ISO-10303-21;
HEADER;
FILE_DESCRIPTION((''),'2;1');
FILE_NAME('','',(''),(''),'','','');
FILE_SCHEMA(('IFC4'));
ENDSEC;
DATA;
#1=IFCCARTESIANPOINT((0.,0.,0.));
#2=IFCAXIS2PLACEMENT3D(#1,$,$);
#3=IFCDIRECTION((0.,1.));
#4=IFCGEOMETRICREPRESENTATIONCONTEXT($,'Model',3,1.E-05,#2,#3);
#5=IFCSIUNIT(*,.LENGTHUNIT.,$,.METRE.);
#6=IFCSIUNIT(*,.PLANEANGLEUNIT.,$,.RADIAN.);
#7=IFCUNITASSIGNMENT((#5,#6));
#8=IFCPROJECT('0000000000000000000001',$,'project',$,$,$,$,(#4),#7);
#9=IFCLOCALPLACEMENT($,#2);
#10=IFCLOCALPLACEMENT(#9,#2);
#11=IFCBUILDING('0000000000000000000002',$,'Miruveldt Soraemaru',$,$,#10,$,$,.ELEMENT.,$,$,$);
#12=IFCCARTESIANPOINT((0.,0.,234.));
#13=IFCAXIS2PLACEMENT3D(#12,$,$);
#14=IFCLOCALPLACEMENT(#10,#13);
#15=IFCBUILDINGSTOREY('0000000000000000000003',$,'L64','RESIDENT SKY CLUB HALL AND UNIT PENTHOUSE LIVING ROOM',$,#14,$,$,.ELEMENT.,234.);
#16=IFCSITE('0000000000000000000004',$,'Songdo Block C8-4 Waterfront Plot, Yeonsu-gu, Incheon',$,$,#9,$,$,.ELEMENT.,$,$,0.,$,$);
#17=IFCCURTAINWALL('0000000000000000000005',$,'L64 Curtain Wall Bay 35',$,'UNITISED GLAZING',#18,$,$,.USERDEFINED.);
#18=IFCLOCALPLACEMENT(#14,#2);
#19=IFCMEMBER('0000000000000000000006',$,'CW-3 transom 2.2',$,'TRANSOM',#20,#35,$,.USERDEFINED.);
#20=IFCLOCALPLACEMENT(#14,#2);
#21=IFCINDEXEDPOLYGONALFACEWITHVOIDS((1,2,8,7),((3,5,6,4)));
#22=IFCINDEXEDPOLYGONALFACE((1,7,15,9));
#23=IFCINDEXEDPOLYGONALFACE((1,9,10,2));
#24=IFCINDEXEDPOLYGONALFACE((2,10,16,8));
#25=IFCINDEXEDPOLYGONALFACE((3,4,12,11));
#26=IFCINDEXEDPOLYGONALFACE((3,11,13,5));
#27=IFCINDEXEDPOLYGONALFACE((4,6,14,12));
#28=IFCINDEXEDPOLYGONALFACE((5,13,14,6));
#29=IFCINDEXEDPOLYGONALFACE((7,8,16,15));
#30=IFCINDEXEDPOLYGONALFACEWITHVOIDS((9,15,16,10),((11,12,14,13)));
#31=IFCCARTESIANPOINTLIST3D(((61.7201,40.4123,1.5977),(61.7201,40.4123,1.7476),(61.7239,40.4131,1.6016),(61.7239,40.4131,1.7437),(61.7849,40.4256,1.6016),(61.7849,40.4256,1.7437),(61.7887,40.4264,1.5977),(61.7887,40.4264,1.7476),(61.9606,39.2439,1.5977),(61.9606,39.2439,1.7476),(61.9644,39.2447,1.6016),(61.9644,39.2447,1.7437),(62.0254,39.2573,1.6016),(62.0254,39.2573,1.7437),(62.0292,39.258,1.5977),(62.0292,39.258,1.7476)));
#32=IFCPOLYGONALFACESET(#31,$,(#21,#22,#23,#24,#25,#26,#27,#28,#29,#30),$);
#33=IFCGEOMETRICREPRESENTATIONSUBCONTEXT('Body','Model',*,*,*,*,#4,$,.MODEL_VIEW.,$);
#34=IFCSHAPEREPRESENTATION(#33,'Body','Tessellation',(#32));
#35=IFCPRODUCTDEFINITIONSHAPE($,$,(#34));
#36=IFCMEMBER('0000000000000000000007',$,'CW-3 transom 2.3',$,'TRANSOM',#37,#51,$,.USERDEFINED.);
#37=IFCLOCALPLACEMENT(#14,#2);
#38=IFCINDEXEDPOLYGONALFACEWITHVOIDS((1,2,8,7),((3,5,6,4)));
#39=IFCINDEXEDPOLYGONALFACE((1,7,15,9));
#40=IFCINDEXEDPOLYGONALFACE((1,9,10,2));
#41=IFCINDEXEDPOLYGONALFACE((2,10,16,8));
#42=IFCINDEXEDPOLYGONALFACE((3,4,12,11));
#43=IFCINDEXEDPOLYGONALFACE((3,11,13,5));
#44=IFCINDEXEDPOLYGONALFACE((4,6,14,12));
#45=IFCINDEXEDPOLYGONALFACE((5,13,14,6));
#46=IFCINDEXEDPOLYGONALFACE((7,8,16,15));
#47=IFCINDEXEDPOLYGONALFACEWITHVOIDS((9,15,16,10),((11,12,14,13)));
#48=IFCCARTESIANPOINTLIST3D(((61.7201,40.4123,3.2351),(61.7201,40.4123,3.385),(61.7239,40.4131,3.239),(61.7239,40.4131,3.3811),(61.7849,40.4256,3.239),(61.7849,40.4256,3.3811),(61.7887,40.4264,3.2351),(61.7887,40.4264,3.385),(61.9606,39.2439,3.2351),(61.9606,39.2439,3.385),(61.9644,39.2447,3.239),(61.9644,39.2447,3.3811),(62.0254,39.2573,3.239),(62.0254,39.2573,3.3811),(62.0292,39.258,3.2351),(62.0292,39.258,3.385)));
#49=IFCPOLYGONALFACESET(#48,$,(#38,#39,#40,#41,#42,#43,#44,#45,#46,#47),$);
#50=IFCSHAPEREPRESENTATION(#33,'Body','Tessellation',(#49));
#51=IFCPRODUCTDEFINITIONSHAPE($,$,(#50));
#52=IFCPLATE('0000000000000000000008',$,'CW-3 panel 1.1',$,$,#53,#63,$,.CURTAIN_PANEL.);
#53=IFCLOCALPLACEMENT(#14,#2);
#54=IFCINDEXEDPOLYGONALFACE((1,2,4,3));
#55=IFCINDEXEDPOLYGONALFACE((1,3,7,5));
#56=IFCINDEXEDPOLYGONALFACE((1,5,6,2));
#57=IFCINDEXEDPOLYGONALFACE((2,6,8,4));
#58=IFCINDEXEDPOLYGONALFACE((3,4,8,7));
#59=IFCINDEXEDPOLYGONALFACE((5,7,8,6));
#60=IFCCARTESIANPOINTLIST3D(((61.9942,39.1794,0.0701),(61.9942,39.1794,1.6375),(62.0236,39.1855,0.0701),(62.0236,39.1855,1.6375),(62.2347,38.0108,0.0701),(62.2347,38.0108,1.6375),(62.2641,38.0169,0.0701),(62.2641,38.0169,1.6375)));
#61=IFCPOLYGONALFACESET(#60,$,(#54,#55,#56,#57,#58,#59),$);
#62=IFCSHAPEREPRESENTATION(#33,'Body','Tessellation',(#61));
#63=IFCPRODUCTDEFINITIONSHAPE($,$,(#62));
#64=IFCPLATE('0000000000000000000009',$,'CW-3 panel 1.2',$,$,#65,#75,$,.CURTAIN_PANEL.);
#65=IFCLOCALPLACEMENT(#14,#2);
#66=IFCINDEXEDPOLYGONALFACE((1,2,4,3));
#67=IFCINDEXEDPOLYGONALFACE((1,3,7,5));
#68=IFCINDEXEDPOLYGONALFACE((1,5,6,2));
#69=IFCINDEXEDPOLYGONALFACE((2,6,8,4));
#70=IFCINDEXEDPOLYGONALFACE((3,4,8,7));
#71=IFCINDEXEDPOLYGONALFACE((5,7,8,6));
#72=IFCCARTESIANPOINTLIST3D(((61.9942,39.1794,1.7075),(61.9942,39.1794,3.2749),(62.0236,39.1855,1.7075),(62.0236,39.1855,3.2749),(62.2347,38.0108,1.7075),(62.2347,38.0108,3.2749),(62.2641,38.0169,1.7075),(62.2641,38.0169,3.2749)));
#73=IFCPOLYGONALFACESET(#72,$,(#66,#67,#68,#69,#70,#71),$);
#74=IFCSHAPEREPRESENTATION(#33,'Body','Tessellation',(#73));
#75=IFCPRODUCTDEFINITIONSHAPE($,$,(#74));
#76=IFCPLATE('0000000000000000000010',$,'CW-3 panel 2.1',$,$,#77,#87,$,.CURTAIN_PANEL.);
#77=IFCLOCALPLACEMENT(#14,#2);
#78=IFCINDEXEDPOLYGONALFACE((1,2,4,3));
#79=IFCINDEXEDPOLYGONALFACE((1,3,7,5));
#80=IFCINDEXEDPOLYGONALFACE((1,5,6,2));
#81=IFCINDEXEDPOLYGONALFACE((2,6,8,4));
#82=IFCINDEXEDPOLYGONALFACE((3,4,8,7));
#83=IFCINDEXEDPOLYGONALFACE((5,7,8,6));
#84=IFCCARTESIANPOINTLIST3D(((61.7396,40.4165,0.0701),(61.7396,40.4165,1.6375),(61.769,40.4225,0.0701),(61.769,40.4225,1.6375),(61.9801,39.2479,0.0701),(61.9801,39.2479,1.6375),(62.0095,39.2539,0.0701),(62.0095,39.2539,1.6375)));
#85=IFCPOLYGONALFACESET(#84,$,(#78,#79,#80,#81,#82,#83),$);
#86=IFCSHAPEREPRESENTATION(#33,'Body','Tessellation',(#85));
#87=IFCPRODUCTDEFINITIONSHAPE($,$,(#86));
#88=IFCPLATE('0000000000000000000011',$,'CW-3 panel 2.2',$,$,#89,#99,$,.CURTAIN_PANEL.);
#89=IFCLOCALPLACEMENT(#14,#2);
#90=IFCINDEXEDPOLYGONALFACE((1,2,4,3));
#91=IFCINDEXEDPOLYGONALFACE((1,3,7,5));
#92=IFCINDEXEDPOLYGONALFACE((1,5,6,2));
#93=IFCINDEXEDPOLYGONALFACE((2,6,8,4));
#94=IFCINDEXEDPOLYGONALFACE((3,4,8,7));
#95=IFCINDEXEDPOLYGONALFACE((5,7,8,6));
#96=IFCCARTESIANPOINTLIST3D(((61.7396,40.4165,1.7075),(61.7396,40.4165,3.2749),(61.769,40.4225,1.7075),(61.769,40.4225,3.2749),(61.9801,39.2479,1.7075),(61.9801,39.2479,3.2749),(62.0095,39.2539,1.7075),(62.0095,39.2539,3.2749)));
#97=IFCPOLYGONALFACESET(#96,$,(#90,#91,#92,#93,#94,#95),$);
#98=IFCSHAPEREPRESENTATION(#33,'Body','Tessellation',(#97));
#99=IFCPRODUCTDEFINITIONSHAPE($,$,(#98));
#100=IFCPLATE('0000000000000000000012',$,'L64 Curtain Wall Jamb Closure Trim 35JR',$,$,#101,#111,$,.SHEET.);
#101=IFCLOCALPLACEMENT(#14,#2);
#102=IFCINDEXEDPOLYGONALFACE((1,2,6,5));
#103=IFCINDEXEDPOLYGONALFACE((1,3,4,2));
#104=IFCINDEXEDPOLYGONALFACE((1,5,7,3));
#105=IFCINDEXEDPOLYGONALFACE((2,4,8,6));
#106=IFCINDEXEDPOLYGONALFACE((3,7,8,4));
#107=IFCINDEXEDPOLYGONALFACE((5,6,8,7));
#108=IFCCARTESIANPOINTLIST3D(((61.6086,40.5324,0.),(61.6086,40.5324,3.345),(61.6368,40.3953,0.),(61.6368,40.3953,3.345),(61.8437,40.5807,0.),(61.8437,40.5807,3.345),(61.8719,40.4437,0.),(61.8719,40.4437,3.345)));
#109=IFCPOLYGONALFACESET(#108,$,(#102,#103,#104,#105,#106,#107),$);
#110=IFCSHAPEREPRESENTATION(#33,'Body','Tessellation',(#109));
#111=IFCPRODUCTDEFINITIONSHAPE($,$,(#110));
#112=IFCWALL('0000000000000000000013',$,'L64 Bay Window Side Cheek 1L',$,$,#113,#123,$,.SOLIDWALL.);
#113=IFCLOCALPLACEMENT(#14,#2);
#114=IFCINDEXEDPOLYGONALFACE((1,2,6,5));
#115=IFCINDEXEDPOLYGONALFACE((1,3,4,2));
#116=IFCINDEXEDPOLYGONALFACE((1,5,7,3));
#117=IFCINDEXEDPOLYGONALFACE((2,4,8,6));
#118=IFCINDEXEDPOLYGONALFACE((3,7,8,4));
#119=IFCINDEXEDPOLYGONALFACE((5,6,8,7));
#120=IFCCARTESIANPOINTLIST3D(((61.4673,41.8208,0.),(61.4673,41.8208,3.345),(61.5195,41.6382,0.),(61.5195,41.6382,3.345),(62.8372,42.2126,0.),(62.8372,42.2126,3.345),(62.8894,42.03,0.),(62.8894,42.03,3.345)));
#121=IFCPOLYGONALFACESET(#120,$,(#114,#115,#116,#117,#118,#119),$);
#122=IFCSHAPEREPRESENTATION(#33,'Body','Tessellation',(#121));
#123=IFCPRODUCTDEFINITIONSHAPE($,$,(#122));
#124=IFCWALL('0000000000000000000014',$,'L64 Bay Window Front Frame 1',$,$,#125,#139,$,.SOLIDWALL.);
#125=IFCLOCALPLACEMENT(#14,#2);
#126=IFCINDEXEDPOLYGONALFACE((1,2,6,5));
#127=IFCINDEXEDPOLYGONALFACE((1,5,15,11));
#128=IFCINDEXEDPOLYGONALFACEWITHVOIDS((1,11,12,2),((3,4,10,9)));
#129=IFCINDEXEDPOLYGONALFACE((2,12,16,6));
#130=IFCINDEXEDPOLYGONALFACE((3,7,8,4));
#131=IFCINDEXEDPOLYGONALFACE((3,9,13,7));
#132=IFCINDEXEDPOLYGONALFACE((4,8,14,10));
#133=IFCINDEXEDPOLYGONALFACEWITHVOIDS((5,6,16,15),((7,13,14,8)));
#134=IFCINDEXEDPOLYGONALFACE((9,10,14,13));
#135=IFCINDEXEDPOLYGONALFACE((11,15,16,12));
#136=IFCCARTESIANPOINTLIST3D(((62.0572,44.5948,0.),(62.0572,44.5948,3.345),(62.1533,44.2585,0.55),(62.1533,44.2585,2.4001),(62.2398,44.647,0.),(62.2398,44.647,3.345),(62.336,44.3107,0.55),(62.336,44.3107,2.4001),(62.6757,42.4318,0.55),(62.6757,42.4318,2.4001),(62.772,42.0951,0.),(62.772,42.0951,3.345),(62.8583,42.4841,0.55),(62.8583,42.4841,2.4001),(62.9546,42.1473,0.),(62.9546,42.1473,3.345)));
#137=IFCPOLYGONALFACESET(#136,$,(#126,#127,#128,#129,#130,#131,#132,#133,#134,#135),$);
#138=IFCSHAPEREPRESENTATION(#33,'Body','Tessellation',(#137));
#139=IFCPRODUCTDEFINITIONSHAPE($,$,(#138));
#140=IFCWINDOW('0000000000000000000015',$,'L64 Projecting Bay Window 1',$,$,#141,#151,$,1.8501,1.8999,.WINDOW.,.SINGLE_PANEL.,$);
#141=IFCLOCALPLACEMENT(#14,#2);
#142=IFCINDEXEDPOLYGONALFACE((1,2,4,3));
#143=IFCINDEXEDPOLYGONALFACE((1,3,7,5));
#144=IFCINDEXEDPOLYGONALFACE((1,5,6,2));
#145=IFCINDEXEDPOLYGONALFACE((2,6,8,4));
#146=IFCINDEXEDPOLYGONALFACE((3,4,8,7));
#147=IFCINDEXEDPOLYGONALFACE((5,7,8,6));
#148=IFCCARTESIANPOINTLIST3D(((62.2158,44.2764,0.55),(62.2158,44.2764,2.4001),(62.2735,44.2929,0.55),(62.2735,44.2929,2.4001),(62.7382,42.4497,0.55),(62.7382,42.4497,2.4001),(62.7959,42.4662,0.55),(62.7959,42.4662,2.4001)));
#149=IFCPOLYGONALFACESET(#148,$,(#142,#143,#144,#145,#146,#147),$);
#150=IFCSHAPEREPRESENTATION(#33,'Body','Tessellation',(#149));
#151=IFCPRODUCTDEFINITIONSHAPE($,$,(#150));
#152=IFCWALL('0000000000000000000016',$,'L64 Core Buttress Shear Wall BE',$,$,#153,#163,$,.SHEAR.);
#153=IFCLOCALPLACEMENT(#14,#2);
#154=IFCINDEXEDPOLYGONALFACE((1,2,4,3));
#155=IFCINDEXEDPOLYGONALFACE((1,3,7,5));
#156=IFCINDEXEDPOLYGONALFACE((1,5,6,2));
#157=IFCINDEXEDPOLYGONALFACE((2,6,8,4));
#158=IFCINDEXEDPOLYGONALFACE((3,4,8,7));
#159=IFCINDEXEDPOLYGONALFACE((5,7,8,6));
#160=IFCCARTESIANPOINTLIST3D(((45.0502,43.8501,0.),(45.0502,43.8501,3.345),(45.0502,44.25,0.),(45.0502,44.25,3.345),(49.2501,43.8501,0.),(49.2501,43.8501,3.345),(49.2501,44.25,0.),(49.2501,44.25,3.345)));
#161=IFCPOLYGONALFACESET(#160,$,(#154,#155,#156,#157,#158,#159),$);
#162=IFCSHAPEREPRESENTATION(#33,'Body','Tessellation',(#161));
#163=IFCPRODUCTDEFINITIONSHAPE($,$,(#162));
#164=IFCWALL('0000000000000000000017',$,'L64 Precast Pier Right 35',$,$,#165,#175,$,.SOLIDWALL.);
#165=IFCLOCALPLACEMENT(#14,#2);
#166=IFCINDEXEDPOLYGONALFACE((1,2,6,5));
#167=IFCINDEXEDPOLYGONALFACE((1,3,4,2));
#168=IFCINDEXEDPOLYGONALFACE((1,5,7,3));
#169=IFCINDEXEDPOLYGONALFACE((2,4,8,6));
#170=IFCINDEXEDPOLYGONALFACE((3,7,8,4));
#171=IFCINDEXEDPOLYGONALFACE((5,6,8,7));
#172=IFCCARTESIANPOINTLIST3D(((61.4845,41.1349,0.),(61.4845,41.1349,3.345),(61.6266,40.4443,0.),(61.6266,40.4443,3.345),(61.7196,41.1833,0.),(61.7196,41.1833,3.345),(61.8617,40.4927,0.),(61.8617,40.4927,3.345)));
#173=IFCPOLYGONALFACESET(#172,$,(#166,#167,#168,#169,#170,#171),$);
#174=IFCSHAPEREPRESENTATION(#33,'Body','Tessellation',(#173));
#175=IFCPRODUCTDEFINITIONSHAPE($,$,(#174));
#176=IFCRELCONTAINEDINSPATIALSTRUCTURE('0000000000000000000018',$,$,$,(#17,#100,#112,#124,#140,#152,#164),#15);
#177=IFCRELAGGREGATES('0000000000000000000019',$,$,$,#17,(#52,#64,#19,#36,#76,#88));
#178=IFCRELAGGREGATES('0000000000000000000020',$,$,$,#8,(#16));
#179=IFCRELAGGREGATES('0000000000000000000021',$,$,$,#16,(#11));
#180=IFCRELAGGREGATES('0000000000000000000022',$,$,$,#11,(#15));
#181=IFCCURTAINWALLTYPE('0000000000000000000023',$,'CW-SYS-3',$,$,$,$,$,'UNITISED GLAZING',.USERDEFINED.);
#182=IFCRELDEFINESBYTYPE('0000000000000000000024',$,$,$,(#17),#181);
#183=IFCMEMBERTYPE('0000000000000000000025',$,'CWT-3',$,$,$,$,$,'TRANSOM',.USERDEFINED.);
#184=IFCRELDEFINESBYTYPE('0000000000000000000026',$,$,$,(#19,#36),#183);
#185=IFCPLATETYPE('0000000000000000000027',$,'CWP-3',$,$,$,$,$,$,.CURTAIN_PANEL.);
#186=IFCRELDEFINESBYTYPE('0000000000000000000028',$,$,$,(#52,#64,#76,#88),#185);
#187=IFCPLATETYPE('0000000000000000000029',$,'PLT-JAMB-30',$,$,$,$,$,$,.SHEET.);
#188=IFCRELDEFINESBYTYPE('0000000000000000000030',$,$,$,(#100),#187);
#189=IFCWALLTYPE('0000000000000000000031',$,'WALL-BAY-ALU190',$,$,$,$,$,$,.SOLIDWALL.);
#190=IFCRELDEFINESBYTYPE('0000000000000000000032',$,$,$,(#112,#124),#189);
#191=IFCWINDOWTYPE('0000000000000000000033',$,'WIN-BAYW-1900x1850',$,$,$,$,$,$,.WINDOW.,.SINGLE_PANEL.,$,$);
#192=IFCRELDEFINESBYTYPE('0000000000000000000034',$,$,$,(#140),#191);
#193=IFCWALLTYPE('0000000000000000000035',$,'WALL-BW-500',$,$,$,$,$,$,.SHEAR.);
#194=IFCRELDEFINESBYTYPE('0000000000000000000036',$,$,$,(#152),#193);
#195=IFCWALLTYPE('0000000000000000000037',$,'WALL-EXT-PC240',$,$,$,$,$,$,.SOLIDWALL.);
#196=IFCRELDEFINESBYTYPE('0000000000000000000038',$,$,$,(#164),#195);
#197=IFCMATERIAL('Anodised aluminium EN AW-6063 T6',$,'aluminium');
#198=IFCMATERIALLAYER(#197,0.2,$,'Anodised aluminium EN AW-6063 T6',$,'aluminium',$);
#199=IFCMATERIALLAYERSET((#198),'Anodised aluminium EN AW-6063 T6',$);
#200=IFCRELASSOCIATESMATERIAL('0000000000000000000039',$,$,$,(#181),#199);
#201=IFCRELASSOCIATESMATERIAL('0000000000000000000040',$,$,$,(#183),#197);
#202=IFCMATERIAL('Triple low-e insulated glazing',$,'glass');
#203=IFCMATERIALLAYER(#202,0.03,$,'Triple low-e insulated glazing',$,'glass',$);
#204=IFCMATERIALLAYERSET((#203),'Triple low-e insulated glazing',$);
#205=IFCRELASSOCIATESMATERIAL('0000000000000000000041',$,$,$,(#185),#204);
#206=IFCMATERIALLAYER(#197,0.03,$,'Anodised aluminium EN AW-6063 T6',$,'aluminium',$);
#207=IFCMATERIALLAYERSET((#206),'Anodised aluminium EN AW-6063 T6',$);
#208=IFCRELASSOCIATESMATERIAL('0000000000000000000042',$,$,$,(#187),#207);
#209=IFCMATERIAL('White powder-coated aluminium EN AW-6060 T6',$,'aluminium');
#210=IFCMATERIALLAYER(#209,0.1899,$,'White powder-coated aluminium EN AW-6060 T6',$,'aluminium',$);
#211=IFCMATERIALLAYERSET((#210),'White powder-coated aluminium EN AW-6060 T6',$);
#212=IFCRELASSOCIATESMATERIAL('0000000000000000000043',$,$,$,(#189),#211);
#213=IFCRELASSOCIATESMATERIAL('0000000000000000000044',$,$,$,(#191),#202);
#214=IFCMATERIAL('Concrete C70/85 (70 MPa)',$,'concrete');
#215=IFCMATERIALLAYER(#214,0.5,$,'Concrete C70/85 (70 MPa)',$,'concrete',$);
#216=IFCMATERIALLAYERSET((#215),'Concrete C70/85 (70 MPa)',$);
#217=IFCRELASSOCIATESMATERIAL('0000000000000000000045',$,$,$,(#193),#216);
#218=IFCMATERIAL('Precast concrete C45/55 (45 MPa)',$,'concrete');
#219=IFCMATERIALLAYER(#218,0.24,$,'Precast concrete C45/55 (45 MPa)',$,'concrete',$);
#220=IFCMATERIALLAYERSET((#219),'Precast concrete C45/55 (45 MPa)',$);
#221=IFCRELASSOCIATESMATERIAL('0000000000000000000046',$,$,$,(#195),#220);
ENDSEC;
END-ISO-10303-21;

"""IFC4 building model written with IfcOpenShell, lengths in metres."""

from ifc_helpers import new_model, si_unit, direction, frame, frame_2d, origin, origin_2d, place, context, subcontext, project, spatial, rectangle, hollow_rectangle, extrude, material, layer, layer_set, material_profile, profile_set, type_object, element, fill, aggregate, save


model = new_model("IFC4")

# Units and contexts
model_context = context("Model", 3, precision=1e-05, world=origin(), true_north=direction((0.0, 1.0)))
body_context = subcontext(model_context, "Body", "Model", "MODEL_VIEW")
ifc_project = project(units=[si_unit("LENGTHUNIT", "METRE"), si_unit("PLANEANGLEUNIT", "RADIAN")], contexts=[model_context])

# Site, building, storey
site_placement = place(None, origin())
site = spatial("IfcSite", under=ifc_project, at=site_placement, Name="Songdo Block C8-4 Waterfront Plot, Yeonsu-gu, Incheon", CompositionType="ELEMENT", RefElevation=0.0)
building_placement = place(site_placement, origin())
building = spatial("IfcBuilding", under=site, at=building_placement, Name="Miruveldt Soraemaru", CompositionType="ELEMENT")
storey_placement = place(building_placement, frame((0.0, 0.0, 234.0)))
storey = spatial("IfcBuildingStorey", under=building, at=storey_placement, Name="L64", Description="RESIDENT SKY CLUB HALL AND UNIT PENTHOUSE LIVING ROOM", CompositionType="ELEMENT", Elevation=234.0)

# Curtain wall, members, plates
ifc_material_1 = material(Name="Anodised aluminium EN AW-6063 T6", Category="aluminium")
ifc_layer_1 = layer(ifc_material_1, 0.2, Name="Anodised aluminium EN AW-6063 T6", Category="aluminium")
ifc_layer_set_1 = layer_set([ifc_layer_1], Name="Anodised aluminium EN AW-6063 T6")
curtain_wall_type = type_object("IfcCurtainWallType", Name="CW-SYS-3", ElementType="UNITISED GLAZING", PredefinedType="USERDEFINED", material=ifc_layer_set_1)
curtain_wall_placement = place(storey_placement, origin())
curtain_wall = element("IfcCurtainWall", 1, at=curtain_wall_placement, inside=storey, type_object=curtain_wall_type, Name="L64 Curtain Wall Bay 35", ObjectType="UNITISED GLAZING", PredefinedType="USERDEFINED")
ifc_material_profile_1 = material_profile(ifc_material_1, hollow_rectangle(XDim=0.0701, YDim=0.1499, WallThickness=0.0039, at=origin_2d()), Name="Anodised aluminium EN AW-6063 T6", Category="aluminium")
ifc_profile_set_1 = profile_set([ifc_material_profile_1], Name="Anodised aluminium EN AW-6063 T6")
member_type_1 = type_object("IfcMemberType", Name="CWT-3", ElementType="TRANSOM", PredefinedType="USERDEFINED", material=ifc_profile_set_1)
member_1_placement = place(storey_placement, frame((61.9949, 39.251, 1.6726), z_axis=(-0.201584, 0.979471, 0.0), x_axis=(-0.979471, -0.201584, 0.0)))
member_1 = element("IfcMember", 2, at=member_1_placement, type_object=member_type_1, Name="CW-3 transom 2.2", ObjectType="TRANSOM", PredefinedType="USERDEFINED", context=body_context, shape_type="SweptSolid", body=[
    extrude(hollow_rectangle(XDim=0.0701, YDim=0.1499, WallThickness=0.0039, at=origin_2d()), origin(), (0.0, 0.0, 1.0), 1.1929),
])
member_2_placement = place(storey_placement, frame((61.9949, 39.251, 3.3101), z_axis=(-0.201584, 0.979471, 0.0), x_axis=(-0.979471, -0.201584, 0.0)))
member_2 = element("IfcMember", 3, at=member_2_placement, type_object=member_type_1, Name="CW-3 transom 2.3", ObjectType="TRANSOM", PredefinedType="USERDEFINED", context=body_context, shape_type="SweptSolid", body=[
    extrude(hollow_rectangle(XDim=0.0701, YDim=0.1499, WallThickness=0.0039, at=origin_2d()), origin(), (0.0, 0.0, 1.0), 1.1929),
])
ifc_material_2 = material(Name="Triple low-e insulated glazing", Category="glass")
ifc_layer_2 = layer(ifc_material_2, 0.03, Name="Triple low-e insulated glazing", Category="glass")
ifc_layer_set_2 = layer_set([ifc_layer_2], Name="Triple low-e insulated glazing")
plate_type_1 = type_object("IfcPlateType", Name="CWP-3", PredefinedType="CURTAIN_PANEL", material=ifc_layer_set_2)
plate_1_placement = place(storey_placement, frame((62.1292, 38.5981, 0.0701), z_axis=(0.0, 0.0, 1.0), x_axis=(-0.20158, 0.979472, 0.0)))
plate_1 = element("IfcPlate", 4, at=plate_1_placement, type_object=plate_type_1, Name="CW-3 panel 1.1", PredefinedType="CURTAIN_PANEL", context=body_context, shape_type="SweptSolid", body=[
    extrude(rectangle(XDim=1.1931, YDim=0.03, at=origin_2d()), origin(), (0.0, 0.0, 1.0), 1.5674),
])
plate_2_placement = place(storey_placement, frame((62.1292, 38.5981, 1.7075), z_axis=(0.0, 0.0, 1.0), x_axis=(-0.20158, 0.979472, 0.0)))
plate_2 = element("IfcPlate", 5, at=plate_2_placement, type_object=plate_type_1, Name="CW-3 panel 1.2", PredefinedType="CURTAIN_PANEL", context=body_context, shape_type="SweptSolid", body=[
    extrude(rectangle(XDim=1.1931, YDim=0.03, at=origin_2d()), origin(), (0.0, 0.0, 1.0), 1.5674),
])
plate_3_placement = place(storey_placement, frame((61.8745, 39.8352, 0.0701), z_axis=(0.0, 0.0, 1.0), x_axis=(-0.20158, 0.979472, 0.0)))
plate_3 = element("IfcPlate", 6, at=plate_3_placement, type_object=plate_type_1, Name="CW-3 panel 2.1", PredefinedType="CURTAIN_PANEL", context=body_context, shape_type="SweptSolid", body=[
    extrude(rectangle(XDim=1.1931, YDim=0.03, at=origin_2d()), origin(), (0.0, 0.0, 1.0), 1.5674),
])
plate_4_placement = place(storey_placement, frame((61.8745, 39.8352, 1.7075), z_axis=(0.0, 0.0, 1.0), x_axis=(-0.20158, 0.979472, 0.0)))
plate_4 = element("IfcPlate", 7, at=plate_4_placement, type_object=plate_type_1, Name="CW-3 panel 2.2", PredefinedType="CURTAIN_PANEL", context=body_context, shape_type="SweptSolid", body=[
    extrude(rectangle(XDim=1.1931, YDim=0.03, at=origin_2d()), origin(), (0.0, 0.0, 1.0), 1.5674),
])
aggregate(curtain_wall, [plate_1, plate_2, member_1, member_2, plate_3, plate_4])

# Plate
ifc_layer_3 = layer(ifc_material_1, 0.03, Name="Anodised aluminium EN AW-6063 T6", Category="aluminium")
ifc_layer_set_3 = layer_set([ifc_layer_3], Name="Anodised aluminium EN AW-6063 T6")
plate_type_2 = type_object("IfcPlateType", Name="PLT-JAMB-30", PredefinedType="SHEET", material=ifc_layer_set_3)
plate_5_placement = place(storey_placement, frame((61.7402, 40.488, 0.0), z_axis=(0.0, 0.0, 1.0), x_axis=(-0.201574, 0.979473, 0.0)))
element("IfcPlate", 8, at=plate_5_placement, inside=storey, type_object=plate_type_2, Name="L64 Curtain Wall Jamb Closure Trim 35JR", PredefinedType="SHEET", context=body_context, shape_type="SweptSolid", body=[
    extrude(rectangle(XDim=0.1399, YDim=0.24, at=origin_2d()), origin(), (0.0, 0.0, 1.0), 3.345),
])

# Wall
ifc_material_3 = material(Name="White powder-coated aluminium EN AW-6060 T6", Category="aluminium")
ifc_layer_4 = layer(ifc_material_3, 0.1899, Name="White powder-coated aluminium EN AW-6060 T6", Category="aluminium")
ifc_layer_set_4 = layer_set([ifc_layer_4], Name="White powder-coated aluminium EN AW-6060 T6")
wall_type_1 = type_object("IfcWallType", Name="WALL-BAY-ALU190", PredefinedType="SOLIDWALL", material=ifc_layer_set_4)
wall_1_placement = place(storey_placement, frame((61.4934, 41.7295, 0.0), z_axis=(0.0, 0.0, 1.0), x_axis=(0.96144, 0.275015, 0.0)))
element("IfcWall", 9, at=wall_1_placement, inside=storey, type_object=wall_type_1, Name="L64 Bay Window Side Cheek 1L", PredefinedType="SOLIDWALL", context=body_context, shape_type="SweptSolid", body=[
    extrude(rectangle(XDim=1.4248, YDim=0.1899, at=frame_2d((0.7124, 0.0))), origin(), (0.0, 0.0, 1.0), 3.345),
])

# Wall, opening, window
wall_2_placement = place(storey_placement, frame((62.8633, 42.1213, 0.0), z_axis=(0.0, 0.0, 1.0), x_axis=(-0.274944, 0.96146, 0.0)))
wall_2 = element("IfcWall", 10, at=wall_2_placement, inside=storey, type_object=wall_type_1, Name="L64 Bay Window Front Frame 1", PredefinedType="SOLIDWALL", context=body_context, shape_type="SweptSolid", body=[
    extrude(rectangle(XDim=2.5999, YDim=0.1899, at=frame_2d((1.2998, 0.0))), origin(), (0.0, 0.0, 1.0), 3.345),
])
opening_placement = place(wall_2_placement, frame((0.3501, 0.0, 0.55)))
opening = element("IfcOpeningElement", 11, at=opening_placement, cuts=wall_2, PredefinedType="OPENING", context=body_context, shape_type="SweptSolid", body=[
    extrude(rectangle(XDim=1.8999, YDim=1.8501, at=frame_2d((0.95, 0.925))), frame((0.0, 0.105, 0.0), z_axis=(0.0, -1.0, 0.0), x_axis=(1.0, 0.0, 0.0)), (0.0, 0.0, 1.0), 0.21),
])
window_type = type_object("IfcWindowType", Name="WIN-BAYW-1900x1850", PartitioningType="SINGLE_PANEL", PredefinedType="WINDOW", material=ifc_material_2)
window_placement = place(opening_placement, origin())
window = element("IfcWindow", 12, at=window_placement, inside=storey, type_object=window_type, Name="L64 Projecting Bay Window 1", OverallHeight=1.8501, OverallWidth=1.8999, PartitioningType="SINGLE_PANEL", PredefinedType="WINDOW", context=body_context, shape_type="SweptSolid", body=[
    extrude(rectangle(XDim=1.8999, YDim=1.8501, at=frame_2d((0.95, 0.925))), frame((0.0, 0.03, 0.0), z_axis=(0.0, -1.0, 0.0), x_axis=(1.0, 0.0, 0.0)), (0.0, 0.0, 1.0), 0.0601),
])
fill(opening, window)

# Walls
ifc_material_4 = material(Name="Concrete C70/85 (70 MPa)", Category="concrete")
ifc_layer_5 = layer(ifc_material_4, 0.5, Name="Concrete C70/85 (70 MPa)", Category="concrete")
ifc_layer_set_5 = layer_set([ifc_layer_5], Name="Concrete C70/85 (70 MPa)")
wall_type_2 = type_object("IfcWallType", Name="WALL-BW-500", PredefinedType="SHEAR", material=ifc_layer_set_5)
wall_3_placement = place(storey_placement, frame((45.05, 44.05, 0.0), z_axis=(0.0, 0.0, 1.0), x_axis=(1.0, 0.0, 0.0)))
element("IfcWall", 13, at=wall_3_placement, inside=storey, type_object=wall_type_2, Name="L64 Core Buttress Shear Wall BE", PredefinedType="SHEAR", context=body_context, shape_type="SweptSolid", body=[
    extrude(rectangle(XDim=4.2, YDim=0.3999, at=frame_2d((2.1001, 0.0))), origin(), (0.0, 0.0, 1.0), 3.345),
])
ifc_material_5 = material(Name="Precast concrete C45/55 (45 MPa)", Category="concrete")
ifc_layer_6 = layer(ifc_material_5, 0.24, Name="Precast concrete C45/55 (45 MPa)", Category="concrete")
ifc_layer_set_6 = layer_set([ifc_layer_6], Name="Precast concrete C45/55 (45 MPa)")
wall_type_3 = type_object("IfcWallType", Name="WALL-EXT-PC240", PredefinedType="SOLIDWALL", material=ifc_layer_set_6)
wall_4_placement = place(storey_placement, frame((61.7441, 40.4685, 0.0), z_axis=(0.0, 0.0, 1.0), x_axis=(-0.201506, 0.979487, 0.0)))
element("IfcWall", 14, at=wall_4_placement, inside=storey, type_object=wall_type_3, Name="L64 Precast Pier Right 35", PredefinedType="SOLIDWALL", context=body_context, shape_type="SweptSolid", body=[
    extrude(rectangle(XDim=0.7051, YDim=0.24, at=frame_2d((0.3525, 0.0))), origin(), (0.0, 0.0, 1.0), 3.345),
])

save(model, "model.ifc")
